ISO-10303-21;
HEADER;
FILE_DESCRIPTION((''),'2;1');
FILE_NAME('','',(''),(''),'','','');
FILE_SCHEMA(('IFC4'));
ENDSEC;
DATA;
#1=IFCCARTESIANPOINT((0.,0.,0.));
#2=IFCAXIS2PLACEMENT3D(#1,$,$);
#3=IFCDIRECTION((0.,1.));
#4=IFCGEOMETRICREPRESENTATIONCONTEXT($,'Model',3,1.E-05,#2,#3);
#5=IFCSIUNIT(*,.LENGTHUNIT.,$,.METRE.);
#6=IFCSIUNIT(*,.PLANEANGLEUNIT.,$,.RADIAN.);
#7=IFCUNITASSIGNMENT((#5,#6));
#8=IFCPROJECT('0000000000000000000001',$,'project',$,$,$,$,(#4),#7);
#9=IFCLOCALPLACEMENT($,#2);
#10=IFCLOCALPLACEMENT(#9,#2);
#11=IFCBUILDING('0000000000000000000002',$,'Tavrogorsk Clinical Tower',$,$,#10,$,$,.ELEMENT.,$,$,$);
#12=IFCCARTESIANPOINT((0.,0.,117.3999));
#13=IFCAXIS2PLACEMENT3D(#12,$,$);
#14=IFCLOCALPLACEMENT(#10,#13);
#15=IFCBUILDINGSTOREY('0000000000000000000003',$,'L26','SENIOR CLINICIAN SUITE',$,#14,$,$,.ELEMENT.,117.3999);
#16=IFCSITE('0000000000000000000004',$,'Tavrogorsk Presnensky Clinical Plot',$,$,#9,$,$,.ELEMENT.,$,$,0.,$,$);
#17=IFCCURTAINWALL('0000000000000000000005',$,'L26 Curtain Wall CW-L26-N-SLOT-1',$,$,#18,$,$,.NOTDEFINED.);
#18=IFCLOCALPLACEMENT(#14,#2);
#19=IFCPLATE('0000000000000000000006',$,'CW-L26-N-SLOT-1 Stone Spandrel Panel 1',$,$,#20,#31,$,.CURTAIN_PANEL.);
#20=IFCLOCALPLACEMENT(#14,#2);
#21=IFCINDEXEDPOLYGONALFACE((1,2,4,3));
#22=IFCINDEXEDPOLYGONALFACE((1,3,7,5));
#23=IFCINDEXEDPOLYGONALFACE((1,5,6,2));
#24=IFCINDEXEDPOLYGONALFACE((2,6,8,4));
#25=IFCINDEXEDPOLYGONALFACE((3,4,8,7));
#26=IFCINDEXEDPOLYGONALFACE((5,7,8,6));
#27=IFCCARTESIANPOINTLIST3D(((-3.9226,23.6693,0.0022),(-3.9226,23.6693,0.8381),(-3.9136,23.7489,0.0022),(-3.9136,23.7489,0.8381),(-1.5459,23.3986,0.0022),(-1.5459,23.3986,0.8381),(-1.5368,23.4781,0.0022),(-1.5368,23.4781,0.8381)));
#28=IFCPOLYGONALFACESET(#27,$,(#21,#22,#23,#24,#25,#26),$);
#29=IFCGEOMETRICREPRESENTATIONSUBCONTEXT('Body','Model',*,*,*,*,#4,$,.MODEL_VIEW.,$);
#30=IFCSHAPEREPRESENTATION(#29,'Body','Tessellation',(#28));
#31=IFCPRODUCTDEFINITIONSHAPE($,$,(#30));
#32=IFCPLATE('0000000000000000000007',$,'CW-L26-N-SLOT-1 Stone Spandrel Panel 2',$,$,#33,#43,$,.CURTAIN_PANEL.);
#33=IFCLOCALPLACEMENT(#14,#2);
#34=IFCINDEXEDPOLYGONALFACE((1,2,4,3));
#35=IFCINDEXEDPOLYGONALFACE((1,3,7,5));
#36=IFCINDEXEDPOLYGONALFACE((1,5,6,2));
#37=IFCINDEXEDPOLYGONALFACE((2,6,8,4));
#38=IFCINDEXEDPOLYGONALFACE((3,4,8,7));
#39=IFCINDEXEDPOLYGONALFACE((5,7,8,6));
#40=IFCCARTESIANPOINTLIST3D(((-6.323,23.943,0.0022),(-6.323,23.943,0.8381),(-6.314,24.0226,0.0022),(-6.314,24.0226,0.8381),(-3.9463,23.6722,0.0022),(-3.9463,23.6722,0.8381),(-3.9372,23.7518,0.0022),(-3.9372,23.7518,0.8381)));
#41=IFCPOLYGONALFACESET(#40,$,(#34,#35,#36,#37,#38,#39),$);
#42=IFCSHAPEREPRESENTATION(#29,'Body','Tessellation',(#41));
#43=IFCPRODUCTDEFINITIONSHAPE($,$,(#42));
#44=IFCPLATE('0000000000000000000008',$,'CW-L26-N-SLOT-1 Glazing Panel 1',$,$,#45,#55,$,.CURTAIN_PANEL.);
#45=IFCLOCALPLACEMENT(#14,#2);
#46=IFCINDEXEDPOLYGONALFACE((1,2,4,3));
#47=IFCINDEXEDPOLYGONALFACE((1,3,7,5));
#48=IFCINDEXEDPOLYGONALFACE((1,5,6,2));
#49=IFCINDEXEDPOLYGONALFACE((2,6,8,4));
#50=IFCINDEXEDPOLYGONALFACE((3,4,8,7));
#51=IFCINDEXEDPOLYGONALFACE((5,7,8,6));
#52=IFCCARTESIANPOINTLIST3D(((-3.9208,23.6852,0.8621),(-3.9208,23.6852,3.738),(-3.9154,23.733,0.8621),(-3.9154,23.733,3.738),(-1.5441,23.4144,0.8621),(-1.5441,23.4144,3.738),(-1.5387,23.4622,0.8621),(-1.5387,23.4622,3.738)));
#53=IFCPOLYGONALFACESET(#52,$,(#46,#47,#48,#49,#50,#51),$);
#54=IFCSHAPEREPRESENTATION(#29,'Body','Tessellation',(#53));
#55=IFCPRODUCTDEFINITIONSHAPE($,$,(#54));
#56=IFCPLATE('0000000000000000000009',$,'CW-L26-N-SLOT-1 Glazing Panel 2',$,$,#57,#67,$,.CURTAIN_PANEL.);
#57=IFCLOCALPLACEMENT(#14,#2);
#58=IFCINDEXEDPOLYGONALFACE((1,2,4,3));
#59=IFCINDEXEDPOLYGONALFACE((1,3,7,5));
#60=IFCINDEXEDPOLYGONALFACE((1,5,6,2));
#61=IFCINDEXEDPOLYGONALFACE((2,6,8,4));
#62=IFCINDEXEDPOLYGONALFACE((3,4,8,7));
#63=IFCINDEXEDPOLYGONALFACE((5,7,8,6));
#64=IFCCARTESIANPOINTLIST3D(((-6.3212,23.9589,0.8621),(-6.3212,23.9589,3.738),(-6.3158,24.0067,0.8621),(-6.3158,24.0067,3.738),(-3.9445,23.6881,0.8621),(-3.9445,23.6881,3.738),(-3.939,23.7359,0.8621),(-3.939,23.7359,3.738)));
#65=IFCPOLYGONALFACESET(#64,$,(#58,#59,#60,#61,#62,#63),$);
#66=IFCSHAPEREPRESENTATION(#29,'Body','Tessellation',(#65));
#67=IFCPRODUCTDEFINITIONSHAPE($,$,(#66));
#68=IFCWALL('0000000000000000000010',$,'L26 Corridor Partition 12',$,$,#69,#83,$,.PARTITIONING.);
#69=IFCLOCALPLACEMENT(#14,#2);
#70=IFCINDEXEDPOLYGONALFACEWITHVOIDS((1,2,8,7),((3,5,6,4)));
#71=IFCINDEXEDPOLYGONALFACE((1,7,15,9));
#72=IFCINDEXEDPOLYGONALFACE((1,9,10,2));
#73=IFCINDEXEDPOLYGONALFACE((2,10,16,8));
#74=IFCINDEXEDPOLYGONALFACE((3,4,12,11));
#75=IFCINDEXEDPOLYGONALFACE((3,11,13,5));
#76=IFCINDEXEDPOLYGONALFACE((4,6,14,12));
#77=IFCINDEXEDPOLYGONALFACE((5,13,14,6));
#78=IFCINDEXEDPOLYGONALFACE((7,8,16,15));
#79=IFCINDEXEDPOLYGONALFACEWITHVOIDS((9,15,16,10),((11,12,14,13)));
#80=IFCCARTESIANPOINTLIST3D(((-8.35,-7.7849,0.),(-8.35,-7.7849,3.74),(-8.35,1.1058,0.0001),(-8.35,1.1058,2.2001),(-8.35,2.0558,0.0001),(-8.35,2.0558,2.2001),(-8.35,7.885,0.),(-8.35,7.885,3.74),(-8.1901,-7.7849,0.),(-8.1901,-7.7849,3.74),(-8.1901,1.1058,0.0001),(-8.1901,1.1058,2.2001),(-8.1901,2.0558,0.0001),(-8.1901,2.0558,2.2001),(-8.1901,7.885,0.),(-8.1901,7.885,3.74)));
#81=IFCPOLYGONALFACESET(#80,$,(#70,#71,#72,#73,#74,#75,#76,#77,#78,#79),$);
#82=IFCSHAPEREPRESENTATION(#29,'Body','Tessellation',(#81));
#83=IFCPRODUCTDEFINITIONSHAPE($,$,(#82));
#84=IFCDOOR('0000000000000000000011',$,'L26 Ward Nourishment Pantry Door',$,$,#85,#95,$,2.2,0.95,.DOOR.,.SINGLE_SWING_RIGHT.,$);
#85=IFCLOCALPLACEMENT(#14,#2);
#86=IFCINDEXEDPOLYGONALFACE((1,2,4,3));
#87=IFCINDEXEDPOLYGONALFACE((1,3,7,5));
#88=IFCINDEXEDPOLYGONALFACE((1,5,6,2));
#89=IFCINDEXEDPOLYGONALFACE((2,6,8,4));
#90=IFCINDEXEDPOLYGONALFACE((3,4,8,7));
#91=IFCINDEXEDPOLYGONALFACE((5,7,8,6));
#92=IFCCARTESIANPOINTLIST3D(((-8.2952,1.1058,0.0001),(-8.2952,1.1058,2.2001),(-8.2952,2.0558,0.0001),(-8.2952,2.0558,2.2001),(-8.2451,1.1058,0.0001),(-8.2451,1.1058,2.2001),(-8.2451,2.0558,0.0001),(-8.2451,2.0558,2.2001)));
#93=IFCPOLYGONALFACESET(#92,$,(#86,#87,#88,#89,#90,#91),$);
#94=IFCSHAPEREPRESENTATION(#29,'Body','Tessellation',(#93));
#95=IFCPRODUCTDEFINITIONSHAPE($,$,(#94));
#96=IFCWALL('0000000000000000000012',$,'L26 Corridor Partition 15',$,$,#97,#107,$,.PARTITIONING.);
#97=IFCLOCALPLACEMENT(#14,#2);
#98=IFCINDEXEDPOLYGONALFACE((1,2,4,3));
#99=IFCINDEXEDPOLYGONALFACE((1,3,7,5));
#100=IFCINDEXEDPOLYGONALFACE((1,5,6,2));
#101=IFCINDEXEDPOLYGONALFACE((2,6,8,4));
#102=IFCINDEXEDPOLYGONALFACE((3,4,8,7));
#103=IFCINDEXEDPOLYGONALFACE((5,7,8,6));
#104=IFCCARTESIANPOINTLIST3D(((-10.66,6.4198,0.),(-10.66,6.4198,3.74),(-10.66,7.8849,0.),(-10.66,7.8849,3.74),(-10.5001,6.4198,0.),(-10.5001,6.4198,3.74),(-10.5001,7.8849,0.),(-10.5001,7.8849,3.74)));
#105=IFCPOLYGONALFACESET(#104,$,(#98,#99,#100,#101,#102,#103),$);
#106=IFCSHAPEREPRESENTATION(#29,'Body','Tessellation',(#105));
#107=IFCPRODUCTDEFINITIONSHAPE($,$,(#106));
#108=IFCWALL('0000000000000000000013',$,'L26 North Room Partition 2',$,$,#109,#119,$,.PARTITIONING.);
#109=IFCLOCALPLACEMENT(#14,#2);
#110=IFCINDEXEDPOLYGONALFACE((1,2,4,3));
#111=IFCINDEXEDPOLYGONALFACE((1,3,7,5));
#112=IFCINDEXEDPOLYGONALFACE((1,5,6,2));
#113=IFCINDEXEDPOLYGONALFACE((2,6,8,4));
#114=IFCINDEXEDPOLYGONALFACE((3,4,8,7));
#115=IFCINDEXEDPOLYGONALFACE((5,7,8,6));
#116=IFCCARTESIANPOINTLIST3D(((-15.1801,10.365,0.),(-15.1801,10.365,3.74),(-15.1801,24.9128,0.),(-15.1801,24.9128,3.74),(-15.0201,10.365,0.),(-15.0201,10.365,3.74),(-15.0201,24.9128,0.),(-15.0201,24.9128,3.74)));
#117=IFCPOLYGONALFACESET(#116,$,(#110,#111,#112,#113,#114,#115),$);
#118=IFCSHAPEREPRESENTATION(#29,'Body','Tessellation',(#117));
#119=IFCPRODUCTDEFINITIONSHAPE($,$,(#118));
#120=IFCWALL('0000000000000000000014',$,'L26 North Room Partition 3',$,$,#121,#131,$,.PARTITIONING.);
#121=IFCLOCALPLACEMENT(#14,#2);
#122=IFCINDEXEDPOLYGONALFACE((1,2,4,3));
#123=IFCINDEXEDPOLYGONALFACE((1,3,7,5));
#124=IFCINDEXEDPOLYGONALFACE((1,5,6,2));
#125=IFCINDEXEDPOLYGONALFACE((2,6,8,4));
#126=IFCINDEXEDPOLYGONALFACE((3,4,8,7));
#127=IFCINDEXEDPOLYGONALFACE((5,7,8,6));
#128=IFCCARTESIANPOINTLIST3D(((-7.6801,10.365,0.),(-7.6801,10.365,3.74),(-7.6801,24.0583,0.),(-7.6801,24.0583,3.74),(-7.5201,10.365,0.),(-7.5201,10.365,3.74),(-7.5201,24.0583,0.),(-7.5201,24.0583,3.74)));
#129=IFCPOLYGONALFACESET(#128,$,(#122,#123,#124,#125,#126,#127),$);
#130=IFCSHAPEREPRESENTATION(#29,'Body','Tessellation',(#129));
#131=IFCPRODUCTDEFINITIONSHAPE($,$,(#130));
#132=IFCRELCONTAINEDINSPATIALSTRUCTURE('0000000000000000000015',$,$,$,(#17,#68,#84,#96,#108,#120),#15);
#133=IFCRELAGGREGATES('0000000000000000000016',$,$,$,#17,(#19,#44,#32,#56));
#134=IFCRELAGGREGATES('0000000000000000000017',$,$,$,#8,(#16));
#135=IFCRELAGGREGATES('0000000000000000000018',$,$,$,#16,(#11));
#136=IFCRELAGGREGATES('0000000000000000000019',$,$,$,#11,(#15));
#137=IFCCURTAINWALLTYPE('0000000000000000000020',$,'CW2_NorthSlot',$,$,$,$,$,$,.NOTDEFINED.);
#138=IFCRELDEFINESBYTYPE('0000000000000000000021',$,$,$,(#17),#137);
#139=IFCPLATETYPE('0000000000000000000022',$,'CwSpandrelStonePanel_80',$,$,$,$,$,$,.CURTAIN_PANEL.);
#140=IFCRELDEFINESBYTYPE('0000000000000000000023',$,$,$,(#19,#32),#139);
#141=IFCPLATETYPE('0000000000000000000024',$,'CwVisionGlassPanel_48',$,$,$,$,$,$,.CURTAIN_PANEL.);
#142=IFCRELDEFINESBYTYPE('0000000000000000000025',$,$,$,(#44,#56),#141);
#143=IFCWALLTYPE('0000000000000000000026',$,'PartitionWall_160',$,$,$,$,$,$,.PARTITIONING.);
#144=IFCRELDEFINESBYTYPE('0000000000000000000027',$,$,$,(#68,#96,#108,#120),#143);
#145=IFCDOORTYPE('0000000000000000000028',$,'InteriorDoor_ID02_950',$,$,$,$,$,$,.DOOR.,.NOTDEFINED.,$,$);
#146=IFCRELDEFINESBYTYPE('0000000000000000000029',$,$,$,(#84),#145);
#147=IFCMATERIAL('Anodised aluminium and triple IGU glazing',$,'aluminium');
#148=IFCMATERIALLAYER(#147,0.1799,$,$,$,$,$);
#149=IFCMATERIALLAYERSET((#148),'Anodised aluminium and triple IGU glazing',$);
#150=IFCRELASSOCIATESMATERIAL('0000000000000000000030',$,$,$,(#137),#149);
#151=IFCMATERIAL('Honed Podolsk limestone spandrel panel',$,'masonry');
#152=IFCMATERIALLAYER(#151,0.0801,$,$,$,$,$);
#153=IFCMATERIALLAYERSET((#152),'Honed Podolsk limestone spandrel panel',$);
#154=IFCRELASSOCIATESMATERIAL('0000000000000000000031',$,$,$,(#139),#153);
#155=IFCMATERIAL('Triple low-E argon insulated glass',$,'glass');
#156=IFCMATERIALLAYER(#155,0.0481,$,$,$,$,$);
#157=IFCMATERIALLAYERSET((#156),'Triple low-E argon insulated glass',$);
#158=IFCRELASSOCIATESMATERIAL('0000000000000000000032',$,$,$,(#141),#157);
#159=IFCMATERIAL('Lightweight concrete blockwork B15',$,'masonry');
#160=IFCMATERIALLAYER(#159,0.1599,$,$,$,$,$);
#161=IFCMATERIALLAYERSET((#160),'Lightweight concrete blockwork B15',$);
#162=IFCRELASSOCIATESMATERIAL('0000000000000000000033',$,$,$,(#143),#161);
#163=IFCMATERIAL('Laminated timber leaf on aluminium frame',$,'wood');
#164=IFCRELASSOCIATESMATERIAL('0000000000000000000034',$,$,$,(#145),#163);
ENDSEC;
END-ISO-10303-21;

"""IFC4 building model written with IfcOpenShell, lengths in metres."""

from ifc_helpers import new_model, si_unit, direction, frame, frame_2d, origin, origin_2d, place, context, subcontext, project, spatial, rectangle, extrude, material, layer, layer_set, type_object, element, fill, aggregate, save


model = new_model("IFC4")

# Units and contexts
model_context = context("Model", 3, precision=1e-05, world=origin(), true_north=direction((0.0, 1.0)))
body_context = subcontext(model_context, "Body", "Model", "MODEL_VIEW")
ifc_project = project(units=[si_unit("LENGTHUNIT", "METRE"), si_unit("PLANEANGLEUNIT", "RADIAN")], contexts=[model_context])

# Site, building, storey
site_placement = place(None, origin())
site = spatial("IfcSite", under=ifc_project, at=site_placement, Name="Tavrogorsk Presnensky Clinical Plot", CompositionType="ELEMENT", RefElevation=0.0)
building_placement = place(site_placement, origin())
building = spatial("IfcBuilding", under=site, at=building_placement, Name="Tavrogorsk Clinical Tower", CompositionType="ELEMENT")
storey_placement = place(building_placement, frame((0.0, 0.0, 117.3999)))
storey = spatial("IfcBuildingStorey", under=building, at=storey_placement, Name="L26", Description="SENIOR CLINICIAN SUITE", CompositionType="ELEMENT", Elevation=117.3999)

# Curtain wall
ifc_material_1 = material(Name="Anodised aluminium and triple IGU glazing", Category="aluminium")
ifc_layer_1 = layer(ifc_material_1, 0.1799)
ifc_layer_set_1 = layer_set([ifc_layer_1], Name="Anodised aluminium and triple IGU glazing")
curtain_wall_type = type_object("IfcCurtainWallType", Name="CW2_NorthSlot", PredefinedType="NOTDEFINED", material=ifc_layer_set_1)
curtain_wall_placement = place(storey_placement, origin())
curtain_wall = element("IfcCurtainWall", 1, at=curtain_wall_placement, inside=storey, type_object=curtain_wall_type, Name="L26 Curtain Wall CW-L26-N-SLOT-1", PredefinedType="NOTDEFINED")

# Plates
ifc_material_2 = material(Name="Honed Podolsk limestone spandrel panel", Category="masonry")
ifc_layer_2 = layer(ifc_material_2, 0.0801)
ifc_layer_set_2 = layer_set([ifc_layer_2], Name="Honed Podolsk limestone spandrel panel")
plate_type_1 = type_object("IfcPlateType", Name="CwSpandrelStonePanel_80", PredefinedType="CURTAIN_PANEL", material=ifc_layer_set_2)
plate_1_placement = place(storey_placement, frame((-2.7297, 23.5737, 0.0022), z_axis=(0.0, 0.0, 1.0), x_axis=(-0.993572, 0.113203, 0.0)))
plate_1 = element("IfcPlate", 2, at=plate_1_placement, type_object=plate_type_1, Name="CW-L26-N-SLOT-1 Stone Spandrel Panel 1", PredefinedType="CURTAIN_PANEL", context=body_context, shape_type="SweptSolid", body=[
    extrude(rectangle(XDim=2.3921, YDim=0.0801, at=origin_2d()), origin(), (0.0, 0.0, 1.0), 0.8359),
])
plate_2_placement = place(storey_placement, frame((-5.1301, 23.8474, 0.0022), z_axis=(0.0, 0.0, 1.0), x_axis=(-0.993572, 0.113203, 0.0)))
plate_2 = element("IfcPlate", 3, at=plate_2_placement, type_object=plate_type_1, Name="CW-L26-N-SLOT-1 Stone Spandrel Panel 2", PredefinedType="CURTAIN_PANEL", context=body_context, shape_type="SweptSolid", body=[
    extrude(rectangle(XDim=2.3921, YDim=0.0801, at=origin_2d()), origin(), (0.0, 0.0, 1.0), 0.8359),
])
ifc_material_3 = material(Name="Triple low-E argon insulated glass", Category="glass")
ifc_layer_3 = layer(ifc_material_3, 0.0481)
ifc_layer_set_3 = layer_set([ifc_layer_3], Name="Triple low-E argon insulated glass")
plate_type_2 = type_object("IfcPlateType", Name="CwVisionGlassPanel_48", PredefinedType="CURTAIN_PANEL", material=ifc_layer_set_3)
plate_3_placement = place(storey_placement, frame((-2.7297, 23.5737, 0.8621), z_axis=(0.0, 0.0, 1.0), x_axis=(-0.993572, 0.113203, 0.0)))
plate_3 = element("IfcPlate", 4, at=plate_3_placement, type_object=plate_type_2, Name="CW-L26-N-SLOT-1 Glazing Panel 1", PredefinedType="CURTAIN_PANEL", context=body_context, shape_type="SweptSolid", body=[
    extrude(rectangle(XDim=2.3921, YDim=0.0481, at=origin_2d()), origin(), (0.0, 0.0, 1.0), 2.876),
])
plate_4_placement = place(storey_placement, frame((-5.1301, 23.8474, 0.8621), z_axis=(0.0, 0.0, 1.0), x_axis=(-0.993572, 0.113203, 0.0)))
plate_4 = element("IfcPlate", 5, at=plate_4_placement, type_object=plate_type_2, Name="CW-L26-N-SLOT-1 Glazing Panel 2", PredefinedType="CURTAIN_PANEL", context=body_context, shape_type="SweptSolid", body=[
    extrude(rectangle(XDim=2.3921, YDim=0.0481, at=origin_2d()), origin(), (0.0, 0.0, 1.0), 2.876),
])
aggregate(curtain_wall, [plate_1, plate_3, plate_2, plate_4])

# Wall, opening, door
ifc_material_4 = material(Name="Lightweight concrete blockwork B15", Category="masonry")
ifc_layer_4 = layer(ifc_material_4, 0.1599)
ifc_layer_set_4 = layer_set([ifc_layer_4], Name="Lightweight concrete blockwork B15")
wall_type_1 = type_object("IfcWallType", Name="PartitionWall_160", PredefinedType="PARTITIONING", material=ifc_layer_set_4)
wall_1_placement = place(storey_placement, frame((-8.27, 7.885, 0.0), z_axis=(0.0, 0.0, 1.0), x_axis=(0.0, -1.0, 0.0)))
wall_1 = element("IfcWall", 6, at=wall_1_placement, inside=storey, type_object=wall_type_1, Name="L26 Corridor Partition 12", PredefinedType="PARTITIONING", context=body_context, shape_type="SweptSolid", body=[
    extrude(rectangle(XDim=15.6699, YDim=0.1599, at=frame_2d((7.835, 0.0))), origin(), (0.0, 0.0, 1.0), 3.74),
])
opening_1_placement = place(wall_1_placement, frame((5.8291, 0.0, 0.0)))
opening_1 = element("IfcOpeningElement", 7, at=opening_1_placement, cuts=wall_1, PredefinedType="OPENING", context=body_context, shape_type="SweptSolid", body=[
    extrude(rectangle(XDim=0.95, YDim=2.2, at=frame_2d((0.4751, 1.1001))), frame((0.0, 0.0898, 0.0), z_axis=(0.0, -1.0, 0.0), x_axis=(1.0, 0.0, 0.0)), (0.0, 0.0, 1.0), 0.1799),
])
ifc_material_5 = material(Name="Laminated timber leaf on aluminium frame", Category="wood")
door_type = type_object("IfcDoorType", Name="InteriorDoor_ID02_950", OperationType="NOTDEFINED", PredefinedType="DOOR", material=ifc_material_5)
door_placement = place(opening_1_placement, origin())
door = element("IfcDoor", 8, at=door_placement, inside=storey, type_object=door_type, Name="L26 Ward Nourishment Pantry Door", OperationType="SINGLE_SWING_RIGHT", OverallHeight=2.2, OverallWidth=0.95, PredefinedType="DOOR", context=body_context, shape_type="SweptSolid", body=[
    extrude(rectangle(XDim=0.95, YDim=2.2, at=frame_2d((0.4751, 1.1001))), frame((0.0, 0.0249, 0.0), z_axis=(0.0, -1.0, 0.0), x_axis=(1.0, 0.0, 0.0)), (0.0, 0.0, 1.0), 0.05),
])
fill(opening_1, door)

# Walls
wall_2_placement = place(storey_placement, frame((-10.5801, 6.4199, 0.0), z_axis=(0.0, 0.0, 1.0), x_axis=(0.0, 1.0, 0.0)))
element("IfcWall", 9, at=wall_2_placement, inside=storey, type_object=wall_type_1, Name="L26 Corridor Partition 15", PredefinedType="PARTITIONING", context=body_context, shape_type="SweptSolid", body=[
    extrude(rectangle(XDim=1.4651, YDim=0.1599, at=frame_2d((0.7324, 0.0))), origin(), (0.0, 0.0, 1.0), 3.74),
])
wall_3_placement = place(storey_placement, frame((-15.1001, 10.365, 0.0), z_axis=(0.0, 0.0, 1.0), x_axis=(0.0, 1.0, 0.0)))
element("IfcWall", 10, at=wall_3_placement, inside=storey, type_object=wall_type_1, Name="L26 North Room Partition 2", PredefinedType="PARTITIONING", context=body_context, shape_type="SweptSolid", body=[
    extrude(rectangle(XDim=14.5479, YDim=0.1599, at=frame_2d((7.2739, 0.0))), origin(), (0.0, 0.0, 1.0), 3.74),
])
wall_4_placement = place(storey_placement, frame((-7.6001, 10.365, 0.0), z_axis=(0.0, 0.0, 1.0), x_axis=(0.0, 1.0, 0.0)))
element("IfcWall", 11, at=wall_4_placement, inside=storey, type_object=wall_type_1, Name="L26 North Room Partition 3", PredefinedType="PARTITIONING", context=body_context, shape_type="SweptSolid", body=[
    extrude(rectangle(XDim=13.6934, YDim=0.1599, at=frame_2d((6.8467, 0.0))), origin(), (0.0, 0.0, 1.0), 3.74),
])

save(model, "model.ifc")
